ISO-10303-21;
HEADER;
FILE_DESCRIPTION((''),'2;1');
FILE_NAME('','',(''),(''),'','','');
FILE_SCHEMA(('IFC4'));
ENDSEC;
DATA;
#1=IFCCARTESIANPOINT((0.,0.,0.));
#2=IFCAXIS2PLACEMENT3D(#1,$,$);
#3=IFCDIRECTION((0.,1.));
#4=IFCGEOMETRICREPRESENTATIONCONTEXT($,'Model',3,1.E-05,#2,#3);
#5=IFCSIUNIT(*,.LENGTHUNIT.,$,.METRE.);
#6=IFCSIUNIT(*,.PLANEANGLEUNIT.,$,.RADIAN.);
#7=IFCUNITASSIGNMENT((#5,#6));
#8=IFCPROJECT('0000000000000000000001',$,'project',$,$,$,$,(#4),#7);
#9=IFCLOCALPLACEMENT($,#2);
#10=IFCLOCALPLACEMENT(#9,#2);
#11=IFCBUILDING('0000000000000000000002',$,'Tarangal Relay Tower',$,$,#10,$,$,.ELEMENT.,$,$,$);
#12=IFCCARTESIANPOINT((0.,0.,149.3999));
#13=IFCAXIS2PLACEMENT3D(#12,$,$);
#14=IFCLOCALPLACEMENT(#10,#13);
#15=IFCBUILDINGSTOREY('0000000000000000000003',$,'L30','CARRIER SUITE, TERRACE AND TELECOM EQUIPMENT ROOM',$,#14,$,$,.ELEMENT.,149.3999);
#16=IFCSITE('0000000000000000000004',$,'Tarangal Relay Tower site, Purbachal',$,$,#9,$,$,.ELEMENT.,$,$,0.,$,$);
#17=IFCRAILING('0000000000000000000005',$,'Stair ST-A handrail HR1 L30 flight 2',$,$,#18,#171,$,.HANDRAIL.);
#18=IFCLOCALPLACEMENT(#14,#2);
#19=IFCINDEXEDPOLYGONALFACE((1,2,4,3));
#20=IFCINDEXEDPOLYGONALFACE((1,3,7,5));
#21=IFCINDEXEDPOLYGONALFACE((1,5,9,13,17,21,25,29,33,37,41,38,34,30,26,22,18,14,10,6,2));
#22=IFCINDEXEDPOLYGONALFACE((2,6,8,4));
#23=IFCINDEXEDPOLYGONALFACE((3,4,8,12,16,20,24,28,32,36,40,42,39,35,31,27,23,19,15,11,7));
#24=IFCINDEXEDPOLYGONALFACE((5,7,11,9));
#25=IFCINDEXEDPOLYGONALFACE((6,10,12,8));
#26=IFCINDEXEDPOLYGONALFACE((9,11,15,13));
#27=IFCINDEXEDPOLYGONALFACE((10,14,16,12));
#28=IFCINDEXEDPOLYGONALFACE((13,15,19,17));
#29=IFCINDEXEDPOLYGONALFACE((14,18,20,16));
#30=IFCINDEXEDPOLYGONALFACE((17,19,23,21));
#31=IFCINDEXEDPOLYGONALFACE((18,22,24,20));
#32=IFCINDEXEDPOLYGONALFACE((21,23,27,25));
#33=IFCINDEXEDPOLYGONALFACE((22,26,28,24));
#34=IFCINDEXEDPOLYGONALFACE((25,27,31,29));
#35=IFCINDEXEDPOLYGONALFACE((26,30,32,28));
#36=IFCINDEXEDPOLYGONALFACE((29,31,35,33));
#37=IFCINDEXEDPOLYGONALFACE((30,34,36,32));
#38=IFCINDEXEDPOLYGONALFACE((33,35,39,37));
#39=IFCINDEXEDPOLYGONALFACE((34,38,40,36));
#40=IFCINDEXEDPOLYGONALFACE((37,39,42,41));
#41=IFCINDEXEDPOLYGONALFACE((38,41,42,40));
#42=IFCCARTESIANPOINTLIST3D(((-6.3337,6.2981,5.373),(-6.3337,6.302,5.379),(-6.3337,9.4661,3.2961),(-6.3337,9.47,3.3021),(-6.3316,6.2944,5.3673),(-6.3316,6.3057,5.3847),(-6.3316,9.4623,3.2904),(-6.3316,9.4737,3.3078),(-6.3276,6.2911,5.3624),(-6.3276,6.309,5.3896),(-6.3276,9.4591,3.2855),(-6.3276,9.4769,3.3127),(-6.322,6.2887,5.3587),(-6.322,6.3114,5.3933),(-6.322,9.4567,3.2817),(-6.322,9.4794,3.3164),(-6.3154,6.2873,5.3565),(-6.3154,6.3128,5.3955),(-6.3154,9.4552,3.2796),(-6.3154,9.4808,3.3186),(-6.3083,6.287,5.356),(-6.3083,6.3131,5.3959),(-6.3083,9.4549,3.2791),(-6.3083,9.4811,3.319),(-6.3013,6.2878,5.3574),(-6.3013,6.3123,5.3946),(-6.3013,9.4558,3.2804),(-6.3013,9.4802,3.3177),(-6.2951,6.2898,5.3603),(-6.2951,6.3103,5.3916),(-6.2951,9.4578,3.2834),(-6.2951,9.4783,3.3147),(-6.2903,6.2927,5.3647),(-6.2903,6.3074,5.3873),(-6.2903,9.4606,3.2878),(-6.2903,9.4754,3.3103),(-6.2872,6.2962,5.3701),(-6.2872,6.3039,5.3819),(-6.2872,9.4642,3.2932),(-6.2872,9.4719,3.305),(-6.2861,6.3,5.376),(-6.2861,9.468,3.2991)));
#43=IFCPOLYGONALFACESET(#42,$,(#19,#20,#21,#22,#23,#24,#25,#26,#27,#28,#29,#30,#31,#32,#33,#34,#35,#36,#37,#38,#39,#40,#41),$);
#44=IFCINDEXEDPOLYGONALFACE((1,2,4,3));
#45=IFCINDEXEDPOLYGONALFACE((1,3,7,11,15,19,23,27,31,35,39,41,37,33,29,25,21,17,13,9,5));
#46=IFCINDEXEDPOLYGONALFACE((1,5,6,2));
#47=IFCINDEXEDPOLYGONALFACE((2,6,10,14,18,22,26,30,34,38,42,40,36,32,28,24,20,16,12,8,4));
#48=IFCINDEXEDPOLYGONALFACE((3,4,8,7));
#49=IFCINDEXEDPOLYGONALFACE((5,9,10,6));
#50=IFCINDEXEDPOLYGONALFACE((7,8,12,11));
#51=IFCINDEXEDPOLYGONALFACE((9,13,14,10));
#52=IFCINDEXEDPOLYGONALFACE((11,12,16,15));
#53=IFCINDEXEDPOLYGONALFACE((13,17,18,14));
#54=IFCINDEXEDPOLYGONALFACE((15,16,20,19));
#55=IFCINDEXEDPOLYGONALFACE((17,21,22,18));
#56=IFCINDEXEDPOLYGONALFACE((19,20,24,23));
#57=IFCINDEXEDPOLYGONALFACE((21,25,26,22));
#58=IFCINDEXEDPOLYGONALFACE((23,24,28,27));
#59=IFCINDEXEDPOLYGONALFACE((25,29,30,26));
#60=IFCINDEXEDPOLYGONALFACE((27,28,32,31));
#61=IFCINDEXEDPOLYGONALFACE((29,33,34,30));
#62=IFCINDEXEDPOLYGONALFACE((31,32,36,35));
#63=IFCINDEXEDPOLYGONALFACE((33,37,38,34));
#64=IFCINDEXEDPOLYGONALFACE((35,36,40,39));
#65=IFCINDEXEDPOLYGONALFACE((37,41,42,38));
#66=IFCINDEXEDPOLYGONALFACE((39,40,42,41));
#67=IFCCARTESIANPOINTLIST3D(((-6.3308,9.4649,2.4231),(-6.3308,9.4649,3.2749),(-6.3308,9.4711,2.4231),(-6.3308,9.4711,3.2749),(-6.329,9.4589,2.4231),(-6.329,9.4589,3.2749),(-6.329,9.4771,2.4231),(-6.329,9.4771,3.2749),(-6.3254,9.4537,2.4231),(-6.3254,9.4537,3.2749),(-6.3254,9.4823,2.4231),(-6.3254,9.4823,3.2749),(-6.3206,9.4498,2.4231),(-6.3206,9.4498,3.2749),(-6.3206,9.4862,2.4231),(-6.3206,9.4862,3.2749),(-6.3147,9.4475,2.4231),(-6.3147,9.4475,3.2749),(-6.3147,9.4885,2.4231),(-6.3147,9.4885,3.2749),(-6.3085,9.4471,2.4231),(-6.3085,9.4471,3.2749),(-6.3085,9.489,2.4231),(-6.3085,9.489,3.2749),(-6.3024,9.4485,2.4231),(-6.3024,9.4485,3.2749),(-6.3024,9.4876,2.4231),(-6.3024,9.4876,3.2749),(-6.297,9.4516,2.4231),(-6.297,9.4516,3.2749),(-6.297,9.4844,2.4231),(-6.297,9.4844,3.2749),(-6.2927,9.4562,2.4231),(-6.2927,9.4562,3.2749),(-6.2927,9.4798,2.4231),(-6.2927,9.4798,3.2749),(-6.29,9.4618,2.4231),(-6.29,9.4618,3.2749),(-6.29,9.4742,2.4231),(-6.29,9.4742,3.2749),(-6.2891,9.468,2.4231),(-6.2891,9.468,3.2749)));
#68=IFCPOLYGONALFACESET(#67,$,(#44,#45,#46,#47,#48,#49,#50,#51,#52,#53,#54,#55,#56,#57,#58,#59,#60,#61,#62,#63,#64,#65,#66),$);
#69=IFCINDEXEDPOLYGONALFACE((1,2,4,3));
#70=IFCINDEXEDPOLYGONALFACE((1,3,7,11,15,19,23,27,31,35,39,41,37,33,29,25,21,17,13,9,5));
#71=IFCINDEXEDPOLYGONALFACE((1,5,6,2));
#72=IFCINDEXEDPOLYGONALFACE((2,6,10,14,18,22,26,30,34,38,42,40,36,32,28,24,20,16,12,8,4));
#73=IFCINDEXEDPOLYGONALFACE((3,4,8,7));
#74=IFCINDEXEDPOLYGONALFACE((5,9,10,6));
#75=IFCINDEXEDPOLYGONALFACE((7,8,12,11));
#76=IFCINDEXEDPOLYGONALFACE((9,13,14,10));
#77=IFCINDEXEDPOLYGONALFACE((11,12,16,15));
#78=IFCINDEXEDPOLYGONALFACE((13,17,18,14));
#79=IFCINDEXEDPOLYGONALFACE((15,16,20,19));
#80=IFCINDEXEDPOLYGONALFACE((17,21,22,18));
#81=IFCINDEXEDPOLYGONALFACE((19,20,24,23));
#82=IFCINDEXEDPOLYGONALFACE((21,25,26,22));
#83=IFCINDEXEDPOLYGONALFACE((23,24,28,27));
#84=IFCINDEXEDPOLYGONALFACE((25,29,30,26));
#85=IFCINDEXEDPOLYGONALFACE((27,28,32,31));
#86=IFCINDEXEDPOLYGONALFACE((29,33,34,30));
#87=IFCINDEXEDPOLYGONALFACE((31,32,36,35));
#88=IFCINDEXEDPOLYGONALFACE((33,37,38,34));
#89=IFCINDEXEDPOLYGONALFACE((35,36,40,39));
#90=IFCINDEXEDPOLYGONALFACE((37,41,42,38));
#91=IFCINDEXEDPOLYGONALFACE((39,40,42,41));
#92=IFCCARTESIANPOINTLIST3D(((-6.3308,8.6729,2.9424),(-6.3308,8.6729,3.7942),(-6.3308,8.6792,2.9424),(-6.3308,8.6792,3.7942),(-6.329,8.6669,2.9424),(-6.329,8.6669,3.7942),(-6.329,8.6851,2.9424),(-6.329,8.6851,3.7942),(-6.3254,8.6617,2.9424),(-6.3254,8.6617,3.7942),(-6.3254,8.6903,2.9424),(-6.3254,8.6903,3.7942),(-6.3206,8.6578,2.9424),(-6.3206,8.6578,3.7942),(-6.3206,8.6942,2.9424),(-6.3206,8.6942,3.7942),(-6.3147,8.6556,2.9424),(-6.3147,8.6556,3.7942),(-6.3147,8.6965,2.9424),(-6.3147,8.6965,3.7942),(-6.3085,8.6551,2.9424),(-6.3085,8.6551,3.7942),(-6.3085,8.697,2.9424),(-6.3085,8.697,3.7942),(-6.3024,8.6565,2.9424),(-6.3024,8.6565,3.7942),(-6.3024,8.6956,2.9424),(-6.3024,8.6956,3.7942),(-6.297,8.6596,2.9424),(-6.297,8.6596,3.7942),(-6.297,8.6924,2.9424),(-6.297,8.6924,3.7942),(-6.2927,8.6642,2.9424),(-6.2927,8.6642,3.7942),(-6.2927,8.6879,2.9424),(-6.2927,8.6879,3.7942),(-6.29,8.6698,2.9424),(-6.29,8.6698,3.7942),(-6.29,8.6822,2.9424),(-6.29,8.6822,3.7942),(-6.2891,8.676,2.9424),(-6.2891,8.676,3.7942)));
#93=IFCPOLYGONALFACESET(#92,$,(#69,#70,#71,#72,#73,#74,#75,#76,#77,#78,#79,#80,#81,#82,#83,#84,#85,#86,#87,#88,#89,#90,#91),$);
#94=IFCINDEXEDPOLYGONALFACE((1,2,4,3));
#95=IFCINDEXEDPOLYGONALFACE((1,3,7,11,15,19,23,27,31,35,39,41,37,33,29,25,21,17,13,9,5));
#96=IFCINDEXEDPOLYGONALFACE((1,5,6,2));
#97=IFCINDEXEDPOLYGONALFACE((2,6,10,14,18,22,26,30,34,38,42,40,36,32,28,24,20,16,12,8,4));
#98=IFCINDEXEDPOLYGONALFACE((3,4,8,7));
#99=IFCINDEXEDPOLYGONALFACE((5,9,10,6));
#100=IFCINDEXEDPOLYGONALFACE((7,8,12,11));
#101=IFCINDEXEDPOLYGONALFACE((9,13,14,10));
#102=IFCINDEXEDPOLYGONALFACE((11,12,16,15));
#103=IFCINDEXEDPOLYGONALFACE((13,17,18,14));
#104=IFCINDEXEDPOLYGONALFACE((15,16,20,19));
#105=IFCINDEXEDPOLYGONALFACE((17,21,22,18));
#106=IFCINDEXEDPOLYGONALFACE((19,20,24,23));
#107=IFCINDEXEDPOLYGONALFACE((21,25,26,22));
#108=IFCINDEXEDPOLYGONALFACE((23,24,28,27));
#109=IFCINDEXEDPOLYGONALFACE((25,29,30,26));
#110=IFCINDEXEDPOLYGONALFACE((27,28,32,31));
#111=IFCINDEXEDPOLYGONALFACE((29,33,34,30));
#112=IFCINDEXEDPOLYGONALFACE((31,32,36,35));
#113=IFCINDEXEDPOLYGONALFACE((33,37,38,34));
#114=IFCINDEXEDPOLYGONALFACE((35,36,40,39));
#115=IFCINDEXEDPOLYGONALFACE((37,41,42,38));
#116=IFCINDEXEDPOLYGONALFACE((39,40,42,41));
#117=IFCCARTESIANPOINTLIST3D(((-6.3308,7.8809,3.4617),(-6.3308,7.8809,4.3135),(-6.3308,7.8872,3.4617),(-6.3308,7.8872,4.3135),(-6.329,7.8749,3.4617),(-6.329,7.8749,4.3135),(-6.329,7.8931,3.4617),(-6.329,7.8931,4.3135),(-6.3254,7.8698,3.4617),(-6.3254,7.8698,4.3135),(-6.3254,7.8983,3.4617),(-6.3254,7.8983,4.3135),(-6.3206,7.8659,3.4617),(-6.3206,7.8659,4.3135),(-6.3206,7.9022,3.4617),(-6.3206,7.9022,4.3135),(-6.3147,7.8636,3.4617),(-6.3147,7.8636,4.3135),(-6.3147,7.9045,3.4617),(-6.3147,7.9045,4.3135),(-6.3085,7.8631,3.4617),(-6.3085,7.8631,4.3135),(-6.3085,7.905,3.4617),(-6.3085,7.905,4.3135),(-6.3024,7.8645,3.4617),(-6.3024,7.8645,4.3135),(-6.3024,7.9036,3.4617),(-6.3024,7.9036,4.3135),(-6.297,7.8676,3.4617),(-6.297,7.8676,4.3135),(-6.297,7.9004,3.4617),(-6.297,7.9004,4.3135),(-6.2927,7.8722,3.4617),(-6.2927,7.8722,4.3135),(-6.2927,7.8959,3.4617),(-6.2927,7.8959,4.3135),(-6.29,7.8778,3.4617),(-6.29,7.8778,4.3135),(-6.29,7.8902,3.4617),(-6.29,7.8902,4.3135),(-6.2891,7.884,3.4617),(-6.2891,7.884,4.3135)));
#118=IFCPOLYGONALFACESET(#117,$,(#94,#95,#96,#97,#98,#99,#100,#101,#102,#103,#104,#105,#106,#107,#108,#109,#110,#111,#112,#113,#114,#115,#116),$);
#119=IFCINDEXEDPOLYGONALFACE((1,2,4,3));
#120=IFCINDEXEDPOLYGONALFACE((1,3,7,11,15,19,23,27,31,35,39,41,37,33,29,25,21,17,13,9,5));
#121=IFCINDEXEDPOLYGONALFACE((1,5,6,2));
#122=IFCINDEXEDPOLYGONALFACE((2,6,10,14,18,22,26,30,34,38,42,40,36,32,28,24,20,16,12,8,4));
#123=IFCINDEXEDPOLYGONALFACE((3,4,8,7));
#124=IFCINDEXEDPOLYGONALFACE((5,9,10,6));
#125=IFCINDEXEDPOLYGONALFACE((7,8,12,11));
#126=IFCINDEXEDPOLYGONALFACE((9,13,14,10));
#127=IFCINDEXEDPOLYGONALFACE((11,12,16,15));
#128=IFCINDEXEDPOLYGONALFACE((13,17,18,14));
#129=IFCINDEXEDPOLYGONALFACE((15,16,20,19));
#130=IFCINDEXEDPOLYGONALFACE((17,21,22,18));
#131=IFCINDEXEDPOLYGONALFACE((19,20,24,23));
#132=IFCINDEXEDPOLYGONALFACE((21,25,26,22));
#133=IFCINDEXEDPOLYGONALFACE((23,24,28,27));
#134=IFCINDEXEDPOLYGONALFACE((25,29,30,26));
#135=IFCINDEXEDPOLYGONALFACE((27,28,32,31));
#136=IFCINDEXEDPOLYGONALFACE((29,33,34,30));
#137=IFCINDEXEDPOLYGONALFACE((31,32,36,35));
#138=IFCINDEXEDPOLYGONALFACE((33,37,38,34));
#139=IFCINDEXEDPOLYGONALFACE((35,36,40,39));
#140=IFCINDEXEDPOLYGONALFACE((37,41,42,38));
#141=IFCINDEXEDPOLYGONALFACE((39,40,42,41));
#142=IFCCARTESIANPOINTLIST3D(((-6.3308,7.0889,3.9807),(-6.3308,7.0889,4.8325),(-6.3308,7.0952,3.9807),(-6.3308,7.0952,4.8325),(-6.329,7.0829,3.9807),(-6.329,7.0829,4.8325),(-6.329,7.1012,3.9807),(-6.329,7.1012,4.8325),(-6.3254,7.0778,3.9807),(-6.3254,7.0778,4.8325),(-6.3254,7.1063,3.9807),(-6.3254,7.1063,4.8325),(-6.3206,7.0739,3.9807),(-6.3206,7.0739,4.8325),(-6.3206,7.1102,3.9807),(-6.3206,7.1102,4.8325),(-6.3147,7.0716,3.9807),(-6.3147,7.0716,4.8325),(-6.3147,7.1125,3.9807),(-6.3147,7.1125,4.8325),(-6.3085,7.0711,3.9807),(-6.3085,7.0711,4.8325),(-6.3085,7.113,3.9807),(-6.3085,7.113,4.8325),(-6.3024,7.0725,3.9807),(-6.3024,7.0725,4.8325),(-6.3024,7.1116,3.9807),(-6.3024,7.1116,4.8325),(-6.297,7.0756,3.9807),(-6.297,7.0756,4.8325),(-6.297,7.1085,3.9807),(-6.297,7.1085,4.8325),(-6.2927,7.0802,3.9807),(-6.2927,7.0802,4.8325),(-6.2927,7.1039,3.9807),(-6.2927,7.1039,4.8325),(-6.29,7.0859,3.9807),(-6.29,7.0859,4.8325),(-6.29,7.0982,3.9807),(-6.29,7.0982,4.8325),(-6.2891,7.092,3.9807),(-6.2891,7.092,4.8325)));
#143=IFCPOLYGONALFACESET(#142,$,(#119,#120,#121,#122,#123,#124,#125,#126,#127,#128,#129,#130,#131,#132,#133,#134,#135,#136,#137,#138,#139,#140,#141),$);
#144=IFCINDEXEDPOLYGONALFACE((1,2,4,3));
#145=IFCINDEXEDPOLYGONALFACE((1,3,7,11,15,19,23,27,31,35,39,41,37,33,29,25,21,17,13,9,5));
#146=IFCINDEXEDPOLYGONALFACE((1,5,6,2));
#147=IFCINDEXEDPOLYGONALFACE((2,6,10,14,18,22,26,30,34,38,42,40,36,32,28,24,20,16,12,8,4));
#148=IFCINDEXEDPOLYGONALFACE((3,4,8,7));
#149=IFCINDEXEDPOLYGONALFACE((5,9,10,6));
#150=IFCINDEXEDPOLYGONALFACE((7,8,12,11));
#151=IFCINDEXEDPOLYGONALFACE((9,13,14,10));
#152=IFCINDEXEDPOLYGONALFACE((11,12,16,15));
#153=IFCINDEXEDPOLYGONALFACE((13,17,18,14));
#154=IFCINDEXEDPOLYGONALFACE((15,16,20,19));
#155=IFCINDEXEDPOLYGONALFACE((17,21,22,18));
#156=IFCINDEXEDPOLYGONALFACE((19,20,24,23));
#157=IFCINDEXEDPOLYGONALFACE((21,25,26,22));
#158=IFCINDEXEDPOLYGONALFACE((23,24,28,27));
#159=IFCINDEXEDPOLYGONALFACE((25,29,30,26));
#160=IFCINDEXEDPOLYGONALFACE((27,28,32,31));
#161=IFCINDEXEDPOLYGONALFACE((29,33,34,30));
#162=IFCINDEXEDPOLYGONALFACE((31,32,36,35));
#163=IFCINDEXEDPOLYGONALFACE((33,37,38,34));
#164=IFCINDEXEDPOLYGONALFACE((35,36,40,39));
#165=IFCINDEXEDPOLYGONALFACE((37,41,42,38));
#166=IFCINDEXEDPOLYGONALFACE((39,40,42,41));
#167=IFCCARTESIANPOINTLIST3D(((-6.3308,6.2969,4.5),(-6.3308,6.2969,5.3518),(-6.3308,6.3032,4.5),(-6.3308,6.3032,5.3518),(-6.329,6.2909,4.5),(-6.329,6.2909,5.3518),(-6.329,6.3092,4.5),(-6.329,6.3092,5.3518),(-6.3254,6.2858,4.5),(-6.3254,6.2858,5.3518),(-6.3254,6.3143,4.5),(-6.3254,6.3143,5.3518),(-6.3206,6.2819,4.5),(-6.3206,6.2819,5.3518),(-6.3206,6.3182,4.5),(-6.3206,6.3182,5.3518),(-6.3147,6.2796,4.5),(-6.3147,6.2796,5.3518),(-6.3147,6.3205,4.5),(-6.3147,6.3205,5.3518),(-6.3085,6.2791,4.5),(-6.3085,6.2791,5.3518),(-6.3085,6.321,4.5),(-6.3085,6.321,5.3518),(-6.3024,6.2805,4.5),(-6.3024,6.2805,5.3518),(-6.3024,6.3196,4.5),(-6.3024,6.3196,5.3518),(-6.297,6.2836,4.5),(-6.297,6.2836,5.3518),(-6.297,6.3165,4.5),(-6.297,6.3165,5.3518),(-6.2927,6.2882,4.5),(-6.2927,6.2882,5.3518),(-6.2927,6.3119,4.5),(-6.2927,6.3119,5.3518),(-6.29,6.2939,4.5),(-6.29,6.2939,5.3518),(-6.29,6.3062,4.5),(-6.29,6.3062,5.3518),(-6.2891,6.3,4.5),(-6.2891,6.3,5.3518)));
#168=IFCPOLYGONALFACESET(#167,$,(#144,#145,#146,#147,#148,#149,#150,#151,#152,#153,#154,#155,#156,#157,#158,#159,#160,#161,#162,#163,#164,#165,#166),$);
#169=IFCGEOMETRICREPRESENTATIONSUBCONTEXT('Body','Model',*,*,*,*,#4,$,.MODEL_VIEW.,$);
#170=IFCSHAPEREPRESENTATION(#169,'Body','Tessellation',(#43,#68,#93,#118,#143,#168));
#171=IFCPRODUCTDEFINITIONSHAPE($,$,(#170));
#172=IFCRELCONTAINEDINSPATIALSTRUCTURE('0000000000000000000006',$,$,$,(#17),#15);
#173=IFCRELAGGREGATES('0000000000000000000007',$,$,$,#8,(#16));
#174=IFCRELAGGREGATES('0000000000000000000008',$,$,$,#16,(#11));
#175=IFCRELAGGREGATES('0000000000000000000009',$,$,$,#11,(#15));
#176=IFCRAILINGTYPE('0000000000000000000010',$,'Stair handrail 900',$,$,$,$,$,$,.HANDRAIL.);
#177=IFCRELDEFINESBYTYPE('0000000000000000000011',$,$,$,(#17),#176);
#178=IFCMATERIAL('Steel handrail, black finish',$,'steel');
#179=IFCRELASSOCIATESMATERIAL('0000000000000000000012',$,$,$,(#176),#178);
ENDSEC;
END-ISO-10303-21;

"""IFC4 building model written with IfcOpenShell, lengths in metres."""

from ifc_helpers import new_model, si_unit, direction, frame, origin, origin_2d, place, context, subcontext, project, spatial, circle, extrude, material, type_object, element, save


model = new_model("IFC4")

# Units and contexts
model_context = context("Model", 3, precision=1e-05, world=origin(), true_north=direction((0.0, 1.0)))
body_context = subcontext(model_context, "Body", "Model", "MODEL_VIEW")
ifc_project = project(units=[si_unit("LENGTHUNIT", "METRE"), si_unit("PLANEANGLEUNIT", "RADIAN")], contexts=[model_context])

# Site, building, storey
site_placement = place(None, origin())
site = spatial("IfcSite", under=ifc_project, at=site_placement, Name="Tarangal Relay Tower site, Purbachal", CompositionType="ELEMENT", RefElevation=0.0)
building_placement = place(site_placement, origin())
building = spatial("IfcBuilding", under=site, at=building_placement, Name="Tarangal Relay Tower", CompositionType="ELEMENT")
storey_placement = place(building_placement, frame((0.0, 0.0, 149.3999)))
storey = spatial("IfcBuildingStorey", under=building, at=storey_placement, Name="L30", Description="CARRIER SUITE, TERRACE AND TELECOM EQUIPMENT ROOM", CompositionType="ELEMENT", Elevation=149.3999)

# Railing
ifc_material_1 = material(Name="Steel handrail, black finish", Category="steel")
railing_type_1 = type_object("IfcRailingType", Name="Stair handrail 900", PredefinedType="HANDRAIL", material=ifc_material_1)
railing_1_placement = place(storey_placement, frame((-6.3101, 9.468, 2.4231)))
element("IfcRailing", 1, at=railing_1_placement, inside=storey, type_object=railing_type_1, Name="Stair ST-A handrail HR1 L30 flight 2", PredefinedType="HANDRAIL", context=body_context, shape_type="SweptSolid", body=[
    extrude(circle(Radius=0.0239, at=origin_2d()), frame((0.0, 0.0, 0.876), z_axis=(0.0, -0.836299, 0.548273), x_axis=(1.0, 0.0, 0.0)), (0.0, 0.0, 1.0), 3.7881),
    extrude(circle(Radius=0.021, at=origin_2d()), origin(), (0.0, 0.0, 1.0), 0.8518),
    extrude(circle(Radius=0.021, at=origin_2d()), frame((0.0, -0.792, 0.5193)), (0.0, 0.0, 1.0), 0.8518),
    extrude(circle(Radius=0.021, at=origin_2d()), frame((0.0, -1.584, 1.0386)), (0.0, 0.0, 1.0), 0.8518),
    extrude(circle(Radius=0.021, at=origin_2d()), frame((0.0, -2.376, 1.5576)), (0.0, 0.0, 1.0), 0.8518),
    extrude(circle(Radius=0.021, at=origin_2d()), frame((0.0, -3.168, 2.0769)), (0.0, 0.0, 1.0), 0.8518),
])

save(model, "model.ifc")
